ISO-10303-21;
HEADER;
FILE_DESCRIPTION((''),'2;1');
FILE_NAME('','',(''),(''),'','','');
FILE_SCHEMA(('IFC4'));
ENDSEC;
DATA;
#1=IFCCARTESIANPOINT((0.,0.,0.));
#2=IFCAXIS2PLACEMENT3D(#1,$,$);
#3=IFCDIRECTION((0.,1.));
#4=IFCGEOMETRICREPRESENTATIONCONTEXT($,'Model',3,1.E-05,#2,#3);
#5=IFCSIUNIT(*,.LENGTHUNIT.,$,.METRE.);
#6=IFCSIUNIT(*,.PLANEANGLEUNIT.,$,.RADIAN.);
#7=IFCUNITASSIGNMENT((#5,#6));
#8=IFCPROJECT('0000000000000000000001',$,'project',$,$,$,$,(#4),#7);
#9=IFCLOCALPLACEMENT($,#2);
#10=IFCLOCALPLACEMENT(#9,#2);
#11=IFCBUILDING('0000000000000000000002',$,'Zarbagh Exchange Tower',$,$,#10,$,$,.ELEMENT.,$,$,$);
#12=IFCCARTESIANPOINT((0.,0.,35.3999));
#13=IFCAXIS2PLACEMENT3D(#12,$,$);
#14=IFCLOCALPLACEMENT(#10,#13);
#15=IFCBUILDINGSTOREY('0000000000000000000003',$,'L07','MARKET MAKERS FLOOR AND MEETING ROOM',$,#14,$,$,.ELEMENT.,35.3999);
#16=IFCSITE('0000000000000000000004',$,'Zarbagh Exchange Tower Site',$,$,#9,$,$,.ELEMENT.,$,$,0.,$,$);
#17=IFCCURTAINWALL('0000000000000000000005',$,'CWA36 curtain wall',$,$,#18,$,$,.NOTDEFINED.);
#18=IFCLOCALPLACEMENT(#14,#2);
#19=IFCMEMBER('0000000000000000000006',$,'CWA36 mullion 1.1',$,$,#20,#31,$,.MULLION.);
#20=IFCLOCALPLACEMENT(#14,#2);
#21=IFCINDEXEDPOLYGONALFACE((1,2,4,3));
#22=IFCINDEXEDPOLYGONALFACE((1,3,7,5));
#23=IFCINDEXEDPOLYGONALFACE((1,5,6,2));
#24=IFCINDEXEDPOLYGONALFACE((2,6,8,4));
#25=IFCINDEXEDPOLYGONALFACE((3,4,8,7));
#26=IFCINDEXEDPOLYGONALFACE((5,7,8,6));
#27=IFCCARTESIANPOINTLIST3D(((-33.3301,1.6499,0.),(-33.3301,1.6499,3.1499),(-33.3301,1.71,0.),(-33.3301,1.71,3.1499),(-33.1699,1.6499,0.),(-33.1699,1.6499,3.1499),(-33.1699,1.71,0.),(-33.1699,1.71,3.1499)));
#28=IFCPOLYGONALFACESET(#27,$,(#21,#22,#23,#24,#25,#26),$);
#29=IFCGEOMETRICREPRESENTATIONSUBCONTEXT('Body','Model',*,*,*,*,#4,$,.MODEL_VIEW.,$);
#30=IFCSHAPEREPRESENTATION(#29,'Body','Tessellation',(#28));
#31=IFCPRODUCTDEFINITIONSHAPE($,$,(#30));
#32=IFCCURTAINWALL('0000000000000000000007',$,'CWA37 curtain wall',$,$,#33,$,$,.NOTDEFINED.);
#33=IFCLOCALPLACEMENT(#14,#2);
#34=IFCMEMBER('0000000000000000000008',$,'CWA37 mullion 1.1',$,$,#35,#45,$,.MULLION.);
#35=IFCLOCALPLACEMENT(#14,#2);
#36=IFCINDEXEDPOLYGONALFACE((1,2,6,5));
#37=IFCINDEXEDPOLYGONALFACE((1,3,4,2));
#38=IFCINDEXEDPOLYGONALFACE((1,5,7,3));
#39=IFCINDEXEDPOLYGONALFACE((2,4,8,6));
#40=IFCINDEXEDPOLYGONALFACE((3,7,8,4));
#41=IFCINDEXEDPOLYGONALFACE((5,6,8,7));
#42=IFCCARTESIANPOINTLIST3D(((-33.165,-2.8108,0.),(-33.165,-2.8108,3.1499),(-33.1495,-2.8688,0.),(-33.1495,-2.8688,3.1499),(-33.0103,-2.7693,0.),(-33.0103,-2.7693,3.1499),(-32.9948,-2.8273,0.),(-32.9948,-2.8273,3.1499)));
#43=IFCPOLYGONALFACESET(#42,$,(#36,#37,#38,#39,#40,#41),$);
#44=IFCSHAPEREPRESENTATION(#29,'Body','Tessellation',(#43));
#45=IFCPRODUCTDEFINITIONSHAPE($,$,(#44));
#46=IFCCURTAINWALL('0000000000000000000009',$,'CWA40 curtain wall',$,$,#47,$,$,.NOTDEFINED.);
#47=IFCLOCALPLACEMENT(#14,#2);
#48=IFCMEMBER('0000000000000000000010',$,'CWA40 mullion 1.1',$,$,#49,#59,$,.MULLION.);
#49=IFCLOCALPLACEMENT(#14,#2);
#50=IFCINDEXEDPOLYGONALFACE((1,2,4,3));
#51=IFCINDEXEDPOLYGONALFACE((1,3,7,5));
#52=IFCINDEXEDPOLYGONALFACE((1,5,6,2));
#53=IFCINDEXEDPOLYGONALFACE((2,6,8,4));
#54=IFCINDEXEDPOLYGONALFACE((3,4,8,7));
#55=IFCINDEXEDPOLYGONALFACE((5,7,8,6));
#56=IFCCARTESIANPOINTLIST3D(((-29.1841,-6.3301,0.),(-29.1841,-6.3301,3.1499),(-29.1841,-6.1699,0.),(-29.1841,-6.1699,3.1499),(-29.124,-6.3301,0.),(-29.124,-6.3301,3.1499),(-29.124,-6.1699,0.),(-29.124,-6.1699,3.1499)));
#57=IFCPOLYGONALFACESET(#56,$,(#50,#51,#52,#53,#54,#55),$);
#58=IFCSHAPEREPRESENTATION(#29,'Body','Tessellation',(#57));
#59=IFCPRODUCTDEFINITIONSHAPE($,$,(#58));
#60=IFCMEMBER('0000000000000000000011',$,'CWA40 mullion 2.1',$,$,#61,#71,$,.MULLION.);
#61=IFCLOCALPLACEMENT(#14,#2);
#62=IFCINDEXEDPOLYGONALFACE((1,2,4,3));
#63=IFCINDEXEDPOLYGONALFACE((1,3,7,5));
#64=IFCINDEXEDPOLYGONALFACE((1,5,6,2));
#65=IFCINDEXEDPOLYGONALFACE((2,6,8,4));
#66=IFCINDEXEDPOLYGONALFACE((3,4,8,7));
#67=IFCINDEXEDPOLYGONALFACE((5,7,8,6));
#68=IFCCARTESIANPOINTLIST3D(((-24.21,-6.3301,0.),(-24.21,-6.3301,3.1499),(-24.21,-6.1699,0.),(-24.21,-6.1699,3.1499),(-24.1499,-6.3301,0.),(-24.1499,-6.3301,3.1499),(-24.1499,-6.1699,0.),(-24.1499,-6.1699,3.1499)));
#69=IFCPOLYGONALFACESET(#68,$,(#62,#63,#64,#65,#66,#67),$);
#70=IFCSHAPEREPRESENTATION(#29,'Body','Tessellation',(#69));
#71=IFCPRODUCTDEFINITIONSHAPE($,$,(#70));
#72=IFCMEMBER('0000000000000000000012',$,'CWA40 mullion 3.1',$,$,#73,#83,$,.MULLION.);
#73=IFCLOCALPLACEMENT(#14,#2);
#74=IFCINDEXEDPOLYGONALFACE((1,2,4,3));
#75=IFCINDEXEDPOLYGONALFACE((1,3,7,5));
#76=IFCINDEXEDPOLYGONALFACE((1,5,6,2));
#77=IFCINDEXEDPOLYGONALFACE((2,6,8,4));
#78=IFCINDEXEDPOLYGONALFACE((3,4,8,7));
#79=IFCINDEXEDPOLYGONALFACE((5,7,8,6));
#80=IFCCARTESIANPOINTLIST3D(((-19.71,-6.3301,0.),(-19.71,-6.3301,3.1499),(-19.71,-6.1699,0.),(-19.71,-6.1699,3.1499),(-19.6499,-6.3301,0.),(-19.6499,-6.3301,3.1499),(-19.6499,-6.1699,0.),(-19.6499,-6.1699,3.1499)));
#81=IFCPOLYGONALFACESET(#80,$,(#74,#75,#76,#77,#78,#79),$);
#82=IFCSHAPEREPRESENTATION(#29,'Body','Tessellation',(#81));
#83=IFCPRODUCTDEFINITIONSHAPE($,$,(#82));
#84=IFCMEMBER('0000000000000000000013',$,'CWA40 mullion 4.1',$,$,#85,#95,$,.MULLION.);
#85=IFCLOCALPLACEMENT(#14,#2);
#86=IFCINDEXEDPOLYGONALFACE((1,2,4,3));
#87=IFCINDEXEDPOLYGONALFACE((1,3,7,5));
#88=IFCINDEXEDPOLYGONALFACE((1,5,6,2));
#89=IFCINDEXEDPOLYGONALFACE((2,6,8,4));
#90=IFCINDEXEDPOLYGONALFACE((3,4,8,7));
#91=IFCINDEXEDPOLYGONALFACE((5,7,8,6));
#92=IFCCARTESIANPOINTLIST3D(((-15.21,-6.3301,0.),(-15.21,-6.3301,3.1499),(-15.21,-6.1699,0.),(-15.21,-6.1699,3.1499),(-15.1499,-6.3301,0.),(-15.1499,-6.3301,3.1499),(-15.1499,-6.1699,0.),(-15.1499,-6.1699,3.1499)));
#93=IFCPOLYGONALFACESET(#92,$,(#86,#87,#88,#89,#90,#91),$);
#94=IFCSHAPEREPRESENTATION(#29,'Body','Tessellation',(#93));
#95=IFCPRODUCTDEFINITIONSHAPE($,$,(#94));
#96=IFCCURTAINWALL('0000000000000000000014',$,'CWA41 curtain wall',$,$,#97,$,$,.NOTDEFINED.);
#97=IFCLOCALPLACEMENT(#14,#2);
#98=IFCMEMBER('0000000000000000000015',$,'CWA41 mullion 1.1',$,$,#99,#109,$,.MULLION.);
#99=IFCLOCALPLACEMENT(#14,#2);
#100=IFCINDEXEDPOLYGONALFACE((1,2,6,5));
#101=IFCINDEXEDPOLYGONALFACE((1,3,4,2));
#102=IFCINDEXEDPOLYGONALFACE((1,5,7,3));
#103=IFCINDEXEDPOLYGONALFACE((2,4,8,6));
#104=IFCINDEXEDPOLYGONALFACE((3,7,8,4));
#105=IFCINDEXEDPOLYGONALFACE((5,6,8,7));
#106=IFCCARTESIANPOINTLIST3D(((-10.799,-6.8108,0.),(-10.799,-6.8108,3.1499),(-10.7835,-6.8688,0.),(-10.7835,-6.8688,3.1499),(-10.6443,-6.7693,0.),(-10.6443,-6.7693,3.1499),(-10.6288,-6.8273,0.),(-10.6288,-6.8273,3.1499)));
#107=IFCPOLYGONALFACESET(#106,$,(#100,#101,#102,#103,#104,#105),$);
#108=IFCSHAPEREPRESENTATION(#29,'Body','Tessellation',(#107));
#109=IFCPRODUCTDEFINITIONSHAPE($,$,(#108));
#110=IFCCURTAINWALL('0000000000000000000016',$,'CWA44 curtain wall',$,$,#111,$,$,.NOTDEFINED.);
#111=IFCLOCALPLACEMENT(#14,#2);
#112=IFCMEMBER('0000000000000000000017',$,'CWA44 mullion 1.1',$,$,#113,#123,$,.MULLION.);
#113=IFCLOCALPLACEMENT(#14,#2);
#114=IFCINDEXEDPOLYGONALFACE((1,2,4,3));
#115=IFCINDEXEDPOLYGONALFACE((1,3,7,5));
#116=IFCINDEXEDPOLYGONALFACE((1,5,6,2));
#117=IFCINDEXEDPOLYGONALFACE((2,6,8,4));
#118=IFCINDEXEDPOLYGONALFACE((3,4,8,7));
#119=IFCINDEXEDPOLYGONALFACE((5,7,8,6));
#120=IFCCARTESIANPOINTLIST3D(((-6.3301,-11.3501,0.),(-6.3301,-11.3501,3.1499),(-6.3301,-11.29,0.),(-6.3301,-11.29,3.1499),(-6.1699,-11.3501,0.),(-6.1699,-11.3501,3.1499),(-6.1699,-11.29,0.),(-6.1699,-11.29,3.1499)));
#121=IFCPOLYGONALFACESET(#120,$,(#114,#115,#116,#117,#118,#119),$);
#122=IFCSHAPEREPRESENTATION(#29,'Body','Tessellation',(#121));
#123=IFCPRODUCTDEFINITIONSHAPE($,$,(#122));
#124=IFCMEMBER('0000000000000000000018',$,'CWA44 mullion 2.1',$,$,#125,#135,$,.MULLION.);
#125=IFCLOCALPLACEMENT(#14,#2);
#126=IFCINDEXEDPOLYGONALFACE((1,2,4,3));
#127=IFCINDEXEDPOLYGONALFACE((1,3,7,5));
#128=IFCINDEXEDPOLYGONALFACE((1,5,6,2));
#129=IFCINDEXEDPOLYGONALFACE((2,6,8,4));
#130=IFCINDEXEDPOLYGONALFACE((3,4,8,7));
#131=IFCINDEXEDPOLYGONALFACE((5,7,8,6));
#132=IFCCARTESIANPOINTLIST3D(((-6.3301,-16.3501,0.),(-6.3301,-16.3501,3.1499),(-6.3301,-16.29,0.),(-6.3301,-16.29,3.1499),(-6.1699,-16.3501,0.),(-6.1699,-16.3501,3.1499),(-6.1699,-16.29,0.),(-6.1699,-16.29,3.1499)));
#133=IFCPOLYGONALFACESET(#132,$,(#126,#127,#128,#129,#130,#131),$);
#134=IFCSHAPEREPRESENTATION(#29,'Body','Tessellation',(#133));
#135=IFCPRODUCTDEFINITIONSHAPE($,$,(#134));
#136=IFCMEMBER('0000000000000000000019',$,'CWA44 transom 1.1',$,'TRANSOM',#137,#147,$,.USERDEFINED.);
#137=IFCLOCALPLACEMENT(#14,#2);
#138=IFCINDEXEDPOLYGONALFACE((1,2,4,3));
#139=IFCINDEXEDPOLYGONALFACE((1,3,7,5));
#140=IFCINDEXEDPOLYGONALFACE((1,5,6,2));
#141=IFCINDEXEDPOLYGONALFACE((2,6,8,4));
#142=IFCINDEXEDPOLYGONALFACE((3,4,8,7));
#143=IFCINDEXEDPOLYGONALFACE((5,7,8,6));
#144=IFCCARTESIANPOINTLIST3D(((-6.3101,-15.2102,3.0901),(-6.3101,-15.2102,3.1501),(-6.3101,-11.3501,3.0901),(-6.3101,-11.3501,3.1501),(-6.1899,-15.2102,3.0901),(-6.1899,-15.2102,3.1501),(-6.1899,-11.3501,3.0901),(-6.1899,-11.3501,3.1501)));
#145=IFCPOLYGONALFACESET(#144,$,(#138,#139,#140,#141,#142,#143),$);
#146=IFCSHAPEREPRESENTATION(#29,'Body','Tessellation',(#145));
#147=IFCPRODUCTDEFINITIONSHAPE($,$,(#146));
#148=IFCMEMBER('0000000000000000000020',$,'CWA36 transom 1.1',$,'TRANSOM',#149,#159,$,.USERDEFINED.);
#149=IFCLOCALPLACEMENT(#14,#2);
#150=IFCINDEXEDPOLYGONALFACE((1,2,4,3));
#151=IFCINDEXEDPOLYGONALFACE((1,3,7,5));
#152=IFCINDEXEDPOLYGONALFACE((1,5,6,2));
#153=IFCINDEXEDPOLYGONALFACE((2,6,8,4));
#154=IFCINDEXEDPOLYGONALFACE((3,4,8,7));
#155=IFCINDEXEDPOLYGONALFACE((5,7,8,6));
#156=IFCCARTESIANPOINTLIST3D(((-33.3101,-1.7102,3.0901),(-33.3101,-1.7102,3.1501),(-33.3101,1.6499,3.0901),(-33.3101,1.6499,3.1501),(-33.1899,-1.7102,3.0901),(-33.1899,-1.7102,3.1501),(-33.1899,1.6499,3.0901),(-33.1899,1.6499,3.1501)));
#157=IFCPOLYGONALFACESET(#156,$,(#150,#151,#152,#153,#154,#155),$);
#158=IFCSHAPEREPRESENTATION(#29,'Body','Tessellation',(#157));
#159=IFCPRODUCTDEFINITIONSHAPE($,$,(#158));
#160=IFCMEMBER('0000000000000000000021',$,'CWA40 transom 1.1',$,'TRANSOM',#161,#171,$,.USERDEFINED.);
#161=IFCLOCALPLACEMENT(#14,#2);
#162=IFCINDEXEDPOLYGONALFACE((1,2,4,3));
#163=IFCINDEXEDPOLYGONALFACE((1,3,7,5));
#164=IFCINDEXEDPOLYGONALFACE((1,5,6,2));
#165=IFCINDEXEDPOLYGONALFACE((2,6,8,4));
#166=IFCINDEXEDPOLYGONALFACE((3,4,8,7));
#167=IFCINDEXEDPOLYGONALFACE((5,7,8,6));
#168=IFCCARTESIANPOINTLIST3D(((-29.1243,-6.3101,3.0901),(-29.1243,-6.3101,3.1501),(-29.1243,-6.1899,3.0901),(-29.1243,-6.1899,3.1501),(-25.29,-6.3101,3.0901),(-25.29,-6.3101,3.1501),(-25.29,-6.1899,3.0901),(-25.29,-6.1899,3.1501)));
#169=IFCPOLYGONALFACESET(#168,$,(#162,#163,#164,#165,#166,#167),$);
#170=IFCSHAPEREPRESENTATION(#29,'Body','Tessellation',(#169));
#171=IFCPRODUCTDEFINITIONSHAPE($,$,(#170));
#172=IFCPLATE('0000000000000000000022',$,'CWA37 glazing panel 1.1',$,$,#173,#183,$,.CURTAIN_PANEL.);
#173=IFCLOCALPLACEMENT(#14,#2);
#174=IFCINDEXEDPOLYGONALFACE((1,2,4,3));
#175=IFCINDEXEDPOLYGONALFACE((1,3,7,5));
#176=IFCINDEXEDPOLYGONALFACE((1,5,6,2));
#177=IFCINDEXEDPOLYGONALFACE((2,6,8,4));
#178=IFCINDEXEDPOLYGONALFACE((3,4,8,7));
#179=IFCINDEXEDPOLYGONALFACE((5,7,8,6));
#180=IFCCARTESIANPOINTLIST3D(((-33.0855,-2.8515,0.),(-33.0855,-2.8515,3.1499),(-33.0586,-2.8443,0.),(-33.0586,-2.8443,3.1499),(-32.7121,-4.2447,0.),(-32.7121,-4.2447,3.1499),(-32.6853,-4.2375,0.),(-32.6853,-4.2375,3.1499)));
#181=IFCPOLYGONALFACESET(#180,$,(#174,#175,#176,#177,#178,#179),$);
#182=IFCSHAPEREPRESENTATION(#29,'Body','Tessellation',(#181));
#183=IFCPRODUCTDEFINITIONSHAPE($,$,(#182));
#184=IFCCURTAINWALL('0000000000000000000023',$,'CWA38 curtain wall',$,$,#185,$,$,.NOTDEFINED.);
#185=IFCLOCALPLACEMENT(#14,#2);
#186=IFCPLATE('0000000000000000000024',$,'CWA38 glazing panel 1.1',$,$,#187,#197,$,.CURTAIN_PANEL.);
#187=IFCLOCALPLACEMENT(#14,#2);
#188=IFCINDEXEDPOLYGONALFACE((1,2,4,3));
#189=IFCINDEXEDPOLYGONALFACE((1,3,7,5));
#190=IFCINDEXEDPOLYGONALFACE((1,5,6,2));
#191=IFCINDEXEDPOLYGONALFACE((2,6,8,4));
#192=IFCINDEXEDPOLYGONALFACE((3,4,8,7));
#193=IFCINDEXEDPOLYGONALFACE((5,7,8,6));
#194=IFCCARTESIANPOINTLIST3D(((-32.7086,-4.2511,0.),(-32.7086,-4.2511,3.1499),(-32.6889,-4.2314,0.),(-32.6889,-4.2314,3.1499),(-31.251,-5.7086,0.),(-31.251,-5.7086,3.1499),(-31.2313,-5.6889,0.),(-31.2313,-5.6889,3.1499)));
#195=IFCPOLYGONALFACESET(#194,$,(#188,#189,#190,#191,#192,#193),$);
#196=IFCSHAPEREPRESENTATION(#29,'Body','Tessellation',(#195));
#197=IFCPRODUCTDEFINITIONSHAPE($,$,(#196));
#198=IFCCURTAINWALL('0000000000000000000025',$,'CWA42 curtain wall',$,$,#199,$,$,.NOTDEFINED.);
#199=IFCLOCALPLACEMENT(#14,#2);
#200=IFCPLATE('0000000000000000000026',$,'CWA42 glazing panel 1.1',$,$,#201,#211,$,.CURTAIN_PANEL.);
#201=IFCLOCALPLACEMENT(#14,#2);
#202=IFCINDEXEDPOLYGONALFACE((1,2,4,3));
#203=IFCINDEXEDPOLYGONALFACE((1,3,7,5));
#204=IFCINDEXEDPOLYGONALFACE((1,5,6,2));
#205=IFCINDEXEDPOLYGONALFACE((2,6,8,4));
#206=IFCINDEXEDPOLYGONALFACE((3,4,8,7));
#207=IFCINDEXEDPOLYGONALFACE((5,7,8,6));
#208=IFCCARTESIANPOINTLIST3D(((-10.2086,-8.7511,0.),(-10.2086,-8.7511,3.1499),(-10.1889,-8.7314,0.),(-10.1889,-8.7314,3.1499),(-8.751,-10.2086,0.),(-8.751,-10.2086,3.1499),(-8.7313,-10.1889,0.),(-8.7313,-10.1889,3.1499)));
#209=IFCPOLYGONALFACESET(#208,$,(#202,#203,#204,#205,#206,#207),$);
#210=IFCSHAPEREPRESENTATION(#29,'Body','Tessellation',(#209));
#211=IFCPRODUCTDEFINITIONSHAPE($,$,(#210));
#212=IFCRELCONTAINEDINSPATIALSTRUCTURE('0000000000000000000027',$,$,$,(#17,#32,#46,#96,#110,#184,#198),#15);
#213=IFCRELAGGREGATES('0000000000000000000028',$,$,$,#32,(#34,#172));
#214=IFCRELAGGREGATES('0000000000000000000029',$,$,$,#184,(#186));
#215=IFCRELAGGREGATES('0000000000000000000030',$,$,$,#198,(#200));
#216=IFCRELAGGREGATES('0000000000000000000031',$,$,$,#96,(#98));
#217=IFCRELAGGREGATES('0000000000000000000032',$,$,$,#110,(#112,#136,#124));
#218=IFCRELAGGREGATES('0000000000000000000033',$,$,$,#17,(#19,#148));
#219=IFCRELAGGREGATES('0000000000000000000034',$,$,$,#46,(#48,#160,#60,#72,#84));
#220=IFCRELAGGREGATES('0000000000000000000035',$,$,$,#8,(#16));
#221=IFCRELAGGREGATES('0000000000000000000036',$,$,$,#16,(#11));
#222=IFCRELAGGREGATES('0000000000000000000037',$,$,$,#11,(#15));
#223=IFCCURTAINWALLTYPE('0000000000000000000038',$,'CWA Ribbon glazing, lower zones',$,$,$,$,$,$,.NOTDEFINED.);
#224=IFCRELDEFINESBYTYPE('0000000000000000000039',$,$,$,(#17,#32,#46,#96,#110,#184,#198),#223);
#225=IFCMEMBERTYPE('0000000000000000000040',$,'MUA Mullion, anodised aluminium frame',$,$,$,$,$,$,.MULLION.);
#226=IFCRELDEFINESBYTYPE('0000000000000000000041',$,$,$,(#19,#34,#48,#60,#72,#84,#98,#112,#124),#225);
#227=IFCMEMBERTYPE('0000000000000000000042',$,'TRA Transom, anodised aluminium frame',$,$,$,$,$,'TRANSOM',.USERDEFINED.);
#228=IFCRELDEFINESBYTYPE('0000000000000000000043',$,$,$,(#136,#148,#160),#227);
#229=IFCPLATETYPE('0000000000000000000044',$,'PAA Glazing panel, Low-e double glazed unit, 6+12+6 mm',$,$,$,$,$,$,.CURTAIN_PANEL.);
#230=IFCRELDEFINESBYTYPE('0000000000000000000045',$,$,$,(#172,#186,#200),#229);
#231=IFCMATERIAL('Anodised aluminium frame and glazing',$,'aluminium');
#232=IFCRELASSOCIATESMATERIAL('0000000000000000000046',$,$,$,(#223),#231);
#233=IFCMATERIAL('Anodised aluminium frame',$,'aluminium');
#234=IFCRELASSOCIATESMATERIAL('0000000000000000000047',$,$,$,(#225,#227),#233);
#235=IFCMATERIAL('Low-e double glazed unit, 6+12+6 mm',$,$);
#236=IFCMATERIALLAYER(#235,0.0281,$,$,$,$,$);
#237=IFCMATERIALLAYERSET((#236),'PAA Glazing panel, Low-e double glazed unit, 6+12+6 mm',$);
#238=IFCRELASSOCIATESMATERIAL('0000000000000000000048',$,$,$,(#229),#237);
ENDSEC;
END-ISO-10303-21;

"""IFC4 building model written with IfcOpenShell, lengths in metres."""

from ifc_helpers import new_model, si_unit, direction, frame, origin, place, context, subcontext, project, spatial, polyline, outline, extrude, source, transform, mapped, material, layer, layer_set, type_object, element, aggregate, save


model = new_model("IFC4")

# Units and contexts
model_context = context("Model", 3, precision=1e-05, world=origin(), true_north=direction((0.0, 1.0)))
body_context = subcontext(model_context, "Body", "Model", "MODEL_VIEW")
ifc_project = project(units=[si_unit("LENGTHUNIT", "METRE"), si_unit("PLANEANGLEUNIT", "RADIAN")], contexts=[model_context])

# Site, building, storey
site_placement = place(None, origin())
site = spatial("IfcSite", under=ifc_project, at=site_placement, Name="Zarbagh Exchange Tower Site", CompositionType="ELEMENT", RefElevation=0.0)
building_placement = place(site_placement, origin())
building = spatial("IfcBuilding", under=site, at=building_placement, Name="Zarbagh Exchange Tower", CompositionType="ELEMENT")
storey_placement = place(building_placement, frame((0.0, 0.0, 35.3999)))
storey = spatial("IfcBuildingStorey", under=building, at=storey_placement, Name="L07", Description="MARKET MAKERS FLOOR AND MEETING ROOM", CompositionType="ELEMENT", Elevation=35.3999)

# Curtain walls, members
ifc_material_1 = material(Name="Anodised aluminium frame and glazing", Category="aluminium")
curtain_wall_type = type_object("IfcCurtainWallType", Name="CWA Ribbon glazing, lower zones", PredefinedType="NOTDEFINED", material=ifc_material_1)
curtain_wall_1_placement = place(storey_placement, origin())
curtain_wall_1 = element("IfcCurtainWall", 1, at=curtain_wall_1_placement, inside=storey, type_object=curtain_wall_type, Name="CWA36 curtain wall", PredefinedType="NOTDEFINED")
ifc_material_2 = material(Name="Anodised aluminium frame", Category="aluminium")
member_type_1 = type_object("IfcMemberType", Name="MUA Mullion, anodised aluminium frame", PredefinedType="MULLION", material=ifc_material_2)
shared_shape_1 = source(origin(), body_context, "Body", "SweptSolid", [
    extrude(outline(polyline([(0.0, -0.0801), (0.0601, -0.0801), (0.0601, 0.0801), (0.0, 0.0801), (0.0, -0.0801)])), origin(), (0.0, 0.0, 1.0), 3.1499),
])
placement = place(storey_placement, origin())
member_1 = element("IfcMember", 2, at=placement, type_object=member_type_1, Name="CWA36 mullion 1.1", PredefinedType="MULLION", context=body_context, shape_type="MappedRepresentation", body=[
    mapped(shared_shape_1, transform((-33.25, 1.71, 0.0), x_axis=(0.0, -1.0, 0.0), y_axis=(1.0, 0.0, 0.0), z_axis=(0.0, 0.0, 1.0))),
])
curtain_wall_2_placement = place(storey_placement, origin())
curtain_wall_2 = element("IfcCurtainWall", 3, at=curtain_wall_2_placement, inside=storey, type_object=curtain_wall_type, Name="CWA37 curtain wall", PredefinedType="NOTDEFINED")
member_2 = element("IfcMember", 4, at=placement, type_object=member_type_1, Name="CWA37 mullion 1.1", PredefinedType="MULLION", context=body_context, shape_type="MappedRepresentation", body=[
    mapped(shared_shape_1, transform((-33.0876, -2.79, 0.0), x_axis=(0.258825, -0.965924, 0.0), y_axis=(0.965924, 0.258825, 0.0), z_axis=(0.0, 0.0, 1.0))),
])

# Curtain wall, members
curtain_wall_3_placement = place(storey_placement, origin())
curtain_wall_3 = element("IfcCurtainWall", 5, at=curtain_wall_3_placement, inside=storey, type_object=curtain_wall_type, Name="CWA40 curtain wall", PredefinedType="NOTDEFINED")
member_3 = element("IfcMember", 6, at=placement, type_object=member_type_1, Name="CWA40 mullion 1.1", PredefinedType="MULLION", context=body_context, shape_type="MappedRepresentation", body=[
    mapped(shared_shape_1, transform((-29.1841, -6.25, 0.0), x_axis=(1.0, 0.0, 0.0), y_axis=(0.0, 1.0, 0.0), z_axis=(0.0, 0.0, 1.0))),
])
member_4 = element("IfcMember", 7, at=placement, type_object=member_type_1, Name="CWA40 mullion 2.1", PredefinedType="MULLION", context=body_context, shape_type="MappedRepresentation", body=[
    mapped(shared_shape_1, transform((-24.21, -6.25, 0.0), x_axis=(1.0, 0.0, 0.0), y_axis=(0.0, 1.0, 0.0), z_axis=(0.0, 0.0, 1.0))),
])
member_5 = element("IfcMember", 8, at=placement, type_object=member_type_1, Name="CWA40 mullion 3.1", PredefinedType="MULLION", context=body_context, shape_type="MappedRepresentation", body=[
    mapped(shared_shape_1, transform((-19.71, -6.25, 0.0), x_axis=(1.0, 0.0, 0.0), y_axis=(0.0, 1.0, 0.0), z_axis=(0.0, 0.0, 1.0))),
])
member_6 = element("IfcMember", 9, at=placement, type_object=member_type_1, Name="CWA40 mullion 4.1", PredefinedType="MULLION", context=body_context, shape_type="MappedRepresentation", body=[
    mapped(shared_shape_1, transform((-15.21, -6.25, 0.0), x_axis=(1.0, 0.0, 0.0), y_axis=(0.0, 1.0, 0.0), z_axis=(0.0, 0.0, 1.0))),
])

# Curtain wall, member
curtain_wall_4_placement = place(storey_placement, origin())
curtain_wall_4 = element("IfcCurtainWall", 10, at=curtain_wall_4_placement, inside=storey, type_object=curtain_wall_type, Name="CWA41 curtain wall", PredefinedType="NOTDEFINED")
member_7 = element("IfcMember", 11, at=placement, type_object=member_type_1, Name="CWA41 mullion 1.1", PredefinedType="MULLION", context=body_context, shape_type="MappedRepresentation", body=[
    mapped(shared_shape_1, transform((-10.7217, -6.79, 0.0), x_axis=(0.258825, -0.965924, 0.0), y_axis=(0.965924, 0.258825, 0.0), z_axis=(0.0, 0.0, 1.0))),
])

# Curtain wall, members
curtain_wall_5_placement = place(storey_placement, origin())
curtain_wall_5 = element("IfcCurtainWall", 12, at=curtain_wall_5_placement, inside=storey, type_object=curtain_wall_type, Name="CWA44 curtain wall", PredefinedType="NOTDEFINED")
member_8 = element("IfcMember", 13, at=placement, type_object=member_type_1, Name="CWA44 mullion 1.1", PredefinedType="MULLION", context=body_context, shape_type="MappedRepresentation", body=[
    mapped(shared_shape_1, transform((-6.25, -11.29, 0.0), x_axis=(0.0, -1.0, 0.0), y_axis=(1.0, 0.0, 0.0), z_axis=(0.0, 0.0, 1.0))),
])
member_9 = element("IfcMember", 14, at=placement, type_object=member_type_1, Name="CWA44 mullion 2.1", PredefinedType="MULLION", context=body_context, shape_type="MappedRepresentation", body=[
    mapped(shared_shape_1, transform((-6.25, -16.29, 0.0), x_axis=(0.0, -1.0, 0.0), y_axis=(1.0, 0.0, 0.0), z_axis=(0.0, 0.0, 1.0))),
])
member_type_2 = type_object("IfcMemberType", Name="TRA Transom, anodised aluminium frame", ElementType="TRANSOM", PredefinedType="USERDEFINED", material=ifc_material_2)
shared_shape_2 = source(origin(), body_context, "Body", "SweptSolid", [
    extrude(outline(polyline([(-0.0601, -0.0601), (0.0, -0.0601), (0.0, 0.0601), (-0.0601, 0.0601), (-0.0601, -0.0601)])), origin(), (0.0, 0.0, 1.0), 3.8601),
])
member_10 = element("IfcMember", 15, at=placement, type_object=member_type_2, Name="CWA44 transom 1.1", ObjectType="TRANSOM", PredefinedType="USERDEFINED", context=body_context, shape_type="MappedRepresentation", body=[
    mapped(shared_shape_2, transform((-6.25, -11.3501, 3.1501), x_axis=(0.0, 0.0, 1.0), y_axis=(-1.0, 0.0, 0.0), z_axis=(0.0, -1.0, 0.0))),
])

# Members
shared_shape_3 = source(origin(), body_context, "Body", "SweptSolid", [
    extrude(outline(polyline([(-0.0601, -0.0601), (0.0, -0.0601), (0.0, 0.0601), (-0.0601, 0.0601), (-0.0601, -0.0601)])), origin(), (0.0, 0.0, 1.0), 3.3601),
])
member_11 = element("IfcMember", 16, at=placement, type_object=member_type_2, Name="CWA36 transom 1.1", ObjectType="TRANSOM", PredefinedType="USERDEFINED", context=body_context, shape_type="MappedRepresentation", body=[
    mapped(shared_shape_3, transform((-33.25, 1.6499, 3.1501), x_axis=(0.0, 0.0, 1.0), y_axis=(-1.0, 0.0, 0.0), z_axis=(0.0, -1.0, 0.0))),
])
shared_shape_4 = source(origin(), body_context, "Body", "SweptSolid", [
    extrude(outline(polyline([(-0.0601, -0.0601), (0.0, -0.0601), (0.0, 0.0601), (-0.0601, 0.0601), (-0.0601, -0.0601)])), origin(), (0.0, 0.0, 1.0), 3.8342),
])
member_12 = element("IfcMember", 17, at=placement, type_object=member_type_2, Name="CWA40 transom 1.1", ObjectType="TRANSOM", PredefinedType="USERDEFINED", context=body_context, shape_type="MappedRepresentation", body=[
    mapped(shared_shape_4, transform((-29.1243, -6.25, 3.1501), x_axis=(0.0, 0.0, 1.0), y_axis=(0.0, -1.0, 0.0), z_axis=(1.0, 0.0, 0.0))),
])

# Plate
ifc_material_3 = material(Name="Low-e double glazed unit, 6+12+6 mm")
ifc_layer = layer(ifc_material_3, 0.0281)
ifc_layer_set = layer_set([ifc_layer], Name="PAA Glazing panel, Low-e double glazed unit, 6+12+6 mm")
plate_type = type_object("IfcPlateType", Name="PAA Glazing panel, Low-e double glazed unit, 6+12+6 mm", PredefinedType="CURTAIN_PANEL", material=ifc_layer_set)
shared_shape_5 = source(origin(), body_context, "Body", "SweptSolid", [
    extrude(outline(polyline([(0.0, -0.0139), (1.4424, -0.0139), (1.4424, 0.0139), (0.0, 0.0139), (0.0, -0.0139)])), origin(), (0.0, 0.0, 1.0), 3.1499),
])
plate_1 = element("IfcPlate", 18, at=placement, type_object=plate_type, Name="CWA37 glazing panel 1.1", PredefinedType="CURTAIN_PANEL", context=body_context, shape_type="MappedRepresentation", body=[
    mapped(shared_shape_5, transform((-33.072, -2.8479, 0.0), x_axis=(0.258825, -0.965924, 0.0), y_axis=(0.965924, 0.258825, 0.0), z_axis=(0.0, 0.0, 1.0))),
])
aggregate(curtain_wall_2, [member_2, plate_1])

# Curtain walls, plates
curtain_wall_6_placement = place(storey_placement, origin())
curtain_wall_6 = element("IfcCurtainWall", 19, at=curtain_wall_6_placement, inside=storey, type_object=curtain_wall_type, Name="CWA38 curtain wall", PredefinedType="NOTDEFINED")
shared_shape_6 = source(origin(), body_context, "Body", "SweptSolid", [
    extrude(outline(polyline([(0.0, -0.0139), (2.0613, -0.0139), (2.0613, 0.0139), (0.0, 0.0139), (0.0, -0.0139)])), origin(), (0.0, 0.0, 1.0), 3.1499),
])
plate_2 = element("IfcPlate", 20, at=placement, type_object=plate_type, Name="CWA38 glazing panel 1.1", PredefinedType="CURTAIN_PANEL", context=body_context, shape_type="MappedRepresentation", body=[
    mapped(shared_shape_6, transform((-32.6987, -4.2412, 0.0), x_axis=(0.707107, -0.707107, 0.0), y_axis=(0.707107, 0.707107, 0.0), z_axis=(0.0, 0.0, 1.0))),
])
aggregate(curtain_wall_6, [plate_2])
curtain_wall_7_placement = place(storey_placement, origin())
curtain_wall_7 = element("IfcCurtainWall", 21, at=curtain_wall_7_placement, inside=storey, type_object=curtain_wall_type, Name="CWA42 curtain wall", PredefinedType="NOTDEFINED")
plate_3 = element("IfcPlate", 22, at=placement, type_object=plate_type, Name="CWA42 glazing panel 1.1", PredefinedType="CURTAIN_PANEL", context=body_context, shape_type="MappedRepresentation", body=[
    mapped(shared_shape_6, transform((-10.1987, -8.7412, 0.0), x_axis=(0.707107, -0.707107, 0.0), y_axis=(0.707107, 0.707107, 0.0), z_axis=(0.0, 0.0, 1.0))),
])
aggregate(curtain_wall_7, [plate_3])

aggregate(curtain_wall_4, [member_7])

aggregate(curtain_wall_5, [member_8, member_10, member_9])
aggregate(curtain_wall_1, [member_1, member_11])
aggregate(curtain_wall_3, [member_3, member_12, member_4, member_5, member_6])

save(model, "model.ifc")
